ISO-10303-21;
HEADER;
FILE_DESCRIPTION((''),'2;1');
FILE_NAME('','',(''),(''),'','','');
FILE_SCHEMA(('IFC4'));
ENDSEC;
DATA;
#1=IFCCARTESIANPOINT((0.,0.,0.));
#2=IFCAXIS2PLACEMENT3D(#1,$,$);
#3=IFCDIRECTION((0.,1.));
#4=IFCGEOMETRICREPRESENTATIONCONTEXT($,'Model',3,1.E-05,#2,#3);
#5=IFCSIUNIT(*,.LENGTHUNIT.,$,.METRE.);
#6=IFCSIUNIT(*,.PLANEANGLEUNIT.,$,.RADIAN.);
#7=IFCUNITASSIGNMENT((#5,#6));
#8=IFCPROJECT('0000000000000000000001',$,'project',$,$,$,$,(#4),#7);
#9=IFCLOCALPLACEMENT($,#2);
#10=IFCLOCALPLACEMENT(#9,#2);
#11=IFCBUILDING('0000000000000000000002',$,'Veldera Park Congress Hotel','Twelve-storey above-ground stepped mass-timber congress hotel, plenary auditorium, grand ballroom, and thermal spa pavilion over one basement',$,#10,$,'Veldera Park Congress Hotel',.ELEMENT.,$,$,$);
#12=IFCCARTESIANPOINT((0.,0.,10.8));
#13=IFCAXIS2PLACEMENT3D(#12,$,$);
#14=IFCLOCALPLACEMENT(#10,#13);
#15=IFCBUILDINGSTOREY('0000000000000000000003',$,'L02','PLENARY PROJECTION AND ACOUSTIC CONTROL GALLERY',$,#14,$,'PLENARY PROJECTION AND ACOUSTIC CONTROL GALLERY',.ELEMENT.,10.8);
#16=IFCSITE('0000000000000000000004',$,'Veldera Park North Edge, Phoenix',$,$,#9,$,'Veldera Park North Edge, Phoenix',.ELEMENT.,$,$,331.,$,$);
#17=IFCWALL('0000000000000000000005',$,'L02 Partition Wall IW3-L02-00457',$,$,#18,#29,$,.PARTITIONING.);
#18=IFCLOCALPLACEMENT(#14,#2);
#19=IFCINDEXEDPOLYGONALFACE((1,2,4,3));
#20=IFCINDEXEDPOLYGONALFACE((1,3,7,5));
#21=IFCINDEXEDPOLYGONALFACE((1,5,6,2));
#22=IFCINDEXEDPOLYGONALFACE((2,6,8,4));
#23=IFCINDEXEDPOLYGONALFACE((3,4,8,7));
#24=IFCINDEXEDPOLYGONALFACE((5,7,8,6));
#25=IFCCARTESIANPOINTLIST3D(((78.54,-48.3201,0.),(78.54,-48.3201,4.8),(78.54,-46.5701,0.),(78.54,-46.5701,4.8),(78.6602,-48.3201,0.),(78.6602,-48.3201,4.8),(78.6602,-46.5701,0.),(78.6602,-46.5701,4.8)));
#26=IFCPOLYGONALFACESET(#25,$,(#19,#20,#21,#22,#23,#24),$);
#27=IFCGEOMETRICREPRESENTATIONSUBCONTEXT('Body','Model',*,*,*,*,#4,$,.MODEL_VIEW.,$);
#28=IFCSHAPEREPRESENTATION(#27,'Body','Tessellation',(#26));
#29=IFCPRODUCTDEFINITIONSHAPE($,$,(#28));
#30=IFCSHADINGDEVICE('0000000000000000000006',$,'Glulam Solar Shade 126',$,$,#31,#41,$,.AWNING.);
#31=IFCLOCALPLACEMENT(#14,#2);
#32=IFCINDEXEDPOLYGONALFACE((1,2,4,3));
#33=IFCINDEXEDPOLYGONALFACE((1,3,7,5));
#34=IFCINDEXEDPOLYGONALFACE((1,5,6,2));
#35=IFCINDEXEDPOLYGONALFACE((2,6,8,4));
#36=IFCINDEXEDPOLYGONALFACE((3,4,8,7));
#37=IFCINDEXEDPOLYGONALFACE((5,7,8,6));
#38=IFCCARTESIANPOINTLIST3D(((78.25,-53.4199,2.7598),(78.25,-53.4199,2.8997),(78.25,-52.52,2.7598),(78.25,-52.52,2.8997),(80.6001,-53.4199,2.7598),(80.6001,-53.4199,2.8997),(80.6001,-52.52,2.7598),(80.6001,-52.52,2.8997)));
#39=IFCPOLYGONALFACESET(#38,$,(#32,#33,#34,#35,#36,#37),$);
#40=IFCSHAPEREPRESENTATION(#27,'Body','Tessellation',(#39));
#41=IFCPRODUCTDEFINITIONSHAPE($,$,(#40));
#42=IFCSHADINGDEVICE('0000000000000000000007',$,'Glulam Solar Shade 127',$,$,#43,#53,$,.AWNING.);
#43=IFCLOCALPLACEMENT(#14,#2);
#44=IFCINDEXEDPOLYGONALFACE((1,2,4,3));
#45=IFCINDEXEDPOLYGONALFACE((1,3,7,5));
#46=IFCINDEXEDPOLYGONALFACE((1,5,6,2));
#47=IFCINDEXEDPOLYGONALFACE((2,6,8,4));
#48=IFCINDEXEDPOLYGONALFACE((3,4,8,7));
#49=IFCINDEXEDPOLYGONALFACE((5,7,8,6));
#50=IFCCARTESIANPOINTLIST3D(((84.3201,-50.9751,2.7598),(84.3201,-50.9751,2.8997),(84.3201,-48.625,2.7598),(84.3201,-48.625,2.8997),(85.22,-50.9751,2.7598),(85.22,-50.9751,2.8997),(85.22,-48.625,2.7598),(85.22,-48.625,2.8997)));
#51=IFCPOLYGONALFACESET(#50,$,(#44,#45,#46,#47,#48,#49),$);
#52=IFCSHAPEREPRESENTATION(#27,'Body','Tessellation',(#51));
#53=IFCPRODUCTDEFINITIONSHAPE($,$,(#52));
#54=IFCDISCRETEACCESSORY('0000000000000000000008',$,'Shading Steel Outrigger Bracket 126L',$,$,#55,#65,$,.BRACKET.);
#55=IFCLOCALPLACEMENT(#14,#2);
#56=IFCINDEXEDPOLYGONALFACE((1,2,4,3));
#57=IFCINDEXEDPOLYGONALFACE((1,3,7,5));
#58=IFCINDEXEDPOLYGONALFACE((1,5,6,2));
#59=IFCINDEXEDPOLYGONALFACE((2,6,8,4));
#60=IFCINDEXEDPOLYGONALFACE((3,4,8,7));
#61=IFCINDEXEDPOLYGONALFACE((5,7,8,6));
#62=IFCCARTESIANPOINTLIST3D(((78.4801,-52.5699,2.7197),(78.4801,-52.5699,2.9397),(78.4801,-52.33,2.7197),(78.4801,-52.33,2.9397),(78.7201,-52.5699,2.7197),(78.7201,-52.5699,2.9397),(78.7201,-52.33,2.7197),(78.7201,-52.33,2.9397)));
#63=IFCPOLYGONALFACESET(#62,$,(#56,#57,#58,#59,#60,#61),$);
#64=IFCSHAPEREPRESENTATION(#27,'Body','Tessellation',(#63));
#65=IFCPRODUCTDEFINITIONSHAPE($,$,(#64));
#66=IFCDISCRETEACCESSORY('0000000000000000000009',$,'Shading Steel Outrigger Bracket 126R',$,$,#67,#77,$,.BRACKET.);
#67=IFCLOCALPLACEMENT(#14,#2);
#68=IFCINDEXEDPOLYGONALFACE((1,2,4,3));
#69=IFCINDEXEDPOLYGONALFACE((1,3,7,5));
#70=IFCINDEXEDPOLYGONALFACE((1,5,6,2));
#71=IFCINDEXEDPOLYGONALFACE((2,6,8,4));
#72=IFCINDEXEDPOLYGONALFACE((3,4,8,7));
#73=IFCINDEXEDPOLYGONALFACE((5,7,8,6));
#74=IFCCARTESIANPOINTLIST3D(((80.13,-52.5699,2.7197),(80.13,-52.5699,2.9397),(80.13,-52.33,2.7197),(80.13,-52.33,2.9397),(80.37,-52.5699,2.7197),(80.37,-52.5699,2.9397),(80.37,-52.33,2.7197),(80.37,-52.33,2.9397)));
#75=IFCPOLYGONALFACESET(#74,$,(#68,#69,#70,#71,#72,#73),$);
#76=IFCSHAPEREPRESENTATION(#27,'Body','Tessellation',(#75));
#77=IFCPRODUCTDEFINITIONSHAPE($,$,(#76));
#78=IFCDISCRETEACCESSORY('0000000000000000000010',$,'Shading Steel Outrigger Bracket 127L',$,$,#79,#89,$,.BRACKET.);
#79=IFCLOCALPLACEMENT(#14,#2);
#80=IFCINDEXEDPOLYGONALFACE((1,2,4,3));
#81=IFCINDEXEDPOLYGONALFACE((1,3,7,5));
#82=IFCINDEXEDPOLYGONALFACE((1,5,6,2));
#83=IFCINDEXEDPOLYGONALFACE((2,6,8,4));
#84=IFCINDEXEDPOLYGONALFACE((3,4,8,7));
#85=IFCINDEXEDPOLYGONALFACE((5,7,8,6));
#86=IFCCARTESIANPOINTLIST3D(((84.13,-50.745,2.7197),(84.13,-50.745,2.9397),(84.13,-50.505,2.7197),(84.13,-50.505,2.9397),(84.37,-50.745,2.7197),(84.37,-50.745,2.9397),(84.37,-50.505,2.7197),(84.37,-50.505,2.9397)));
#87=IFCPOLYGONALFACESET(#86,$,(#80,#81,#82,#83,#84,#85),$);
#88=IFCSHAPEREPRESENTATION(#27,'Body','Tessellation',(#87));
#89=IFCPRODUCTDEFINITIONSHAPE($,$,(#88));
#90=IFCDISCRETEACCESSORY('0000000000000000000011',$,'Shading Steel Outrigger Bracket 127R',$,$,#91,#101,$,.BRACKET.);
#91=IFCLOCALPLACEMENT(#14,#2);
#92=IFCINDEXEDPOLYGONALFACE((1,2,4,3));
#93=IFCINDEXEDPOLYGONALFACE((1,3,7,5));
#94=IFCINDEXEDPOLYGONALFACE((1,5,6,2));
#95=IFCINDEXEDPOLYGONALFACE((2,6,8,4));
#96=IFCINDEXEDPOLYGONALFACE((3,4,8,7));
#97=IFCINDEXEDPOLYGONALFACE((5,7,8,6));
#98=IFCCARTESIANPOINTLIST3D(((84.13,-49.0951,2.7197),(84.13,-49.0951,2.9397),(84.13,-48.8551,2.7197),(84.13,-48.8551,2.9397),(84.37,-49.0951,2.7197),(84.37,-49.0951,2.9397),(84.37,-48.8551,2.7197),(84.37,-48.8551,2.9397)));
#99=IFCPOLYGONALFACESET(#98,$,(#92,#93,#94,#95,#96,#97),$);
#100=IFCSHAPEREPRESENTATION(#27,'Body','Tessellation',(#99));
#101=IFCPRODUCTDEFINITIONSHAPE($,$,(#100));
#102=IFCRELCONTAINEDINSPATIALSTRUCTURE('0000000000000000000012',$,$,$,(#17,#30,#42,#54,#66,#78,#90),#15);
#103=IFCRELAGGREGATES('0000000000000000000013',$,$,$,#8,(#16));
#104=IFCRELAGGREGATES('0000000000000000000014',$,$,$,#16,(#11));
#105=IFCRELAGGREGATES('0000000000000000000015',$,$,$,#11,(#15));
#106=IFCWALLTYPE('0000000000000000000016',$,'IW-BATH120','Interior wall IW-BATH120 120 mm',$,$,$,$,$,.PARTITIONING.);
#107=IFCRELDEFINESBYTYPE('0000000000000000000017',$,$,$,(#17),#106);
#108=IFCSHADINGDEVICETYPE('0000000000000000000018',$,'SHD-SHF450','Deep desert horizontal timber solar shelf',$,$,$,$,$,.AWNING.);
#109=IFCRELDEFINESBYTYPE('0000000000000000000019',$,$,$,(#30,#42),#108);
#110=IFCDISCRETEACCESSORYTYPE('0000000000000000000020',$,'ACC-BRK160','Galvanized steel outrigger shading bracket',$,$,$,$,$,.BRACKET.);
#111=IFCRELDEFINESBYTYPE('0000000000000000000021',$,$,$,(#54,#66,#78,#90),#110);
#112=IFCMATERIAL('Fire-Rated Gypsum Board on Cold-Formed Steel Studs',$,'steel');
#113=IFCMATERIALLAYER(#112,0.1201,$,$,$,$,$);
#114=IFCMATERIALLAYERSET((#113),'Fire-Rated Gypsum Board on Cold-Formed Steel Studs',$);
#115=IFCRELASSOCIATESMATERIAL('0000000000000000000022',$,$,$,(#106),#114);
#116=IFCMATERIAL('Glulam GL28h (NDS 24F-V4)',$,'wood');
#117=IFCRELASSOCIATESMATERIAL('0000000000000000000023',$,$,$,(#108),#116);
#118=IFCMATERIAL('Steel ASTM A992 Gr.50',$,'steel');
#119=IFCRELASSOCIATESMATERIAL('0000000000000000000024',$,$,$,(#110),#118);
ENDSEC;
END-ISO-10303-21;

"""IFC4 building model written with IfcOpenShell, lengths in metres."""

from ifc_helpers import new_model, si_unit, direction, frame, frame_2d, origin, origin_2d, place, context, subcontext, project, spatial, rectangle, extrude, material, layer, layer_set, type_object, element, save


model = new_model("IFC4")

# Units and contexts
model_context = context("Model", 3, precision=1e-05, world=origin(), true_north=direction((0.0, 1.0)))
body_context = subcontext(model_context, "Body", "Model", "MODEL_VIEW")
ifc_project = project(units=[si_unit("LENGTHUNIT", "METRE"), si_unit("PLANEANGLEUNIT", "RADIAN")], contexts=[model_context])

# Site, building, storey
site_placement = place(None, origin())
site = spatial("IfcSite", under=ifc_project, at=site_placement, Name="Veldera Park North Edge, Phoenix", LongName="Veldera Park North Edge, Phoenix", CompositionType="ELEMENT", RefElevation=331.0)
building_placement = place(site_placement, origin())
building = spatial("IfcBuilding", under=site, at=building_placement, Name="Veldera Park Congress Hotel", Description="Twelve-storey above-ground stepped mass-timber congress hotel, plenary auditorium, grand ballroom, and thermal spa pavilion over one basement", LongName="Veldera Park Congress Hotel", CompositionType="ELEMENT")
storey_placement = place(building_placement, frame((0.0, 0.0, 10.8)))
storey = spatial("IfcBuildingStorey", under=building, at=storey_placement, Name="L02", Description="PLENARY PROJECTION AND ACOUSTIC CONTROL GALLERY", LongName="PLENARY PROJECTION AND ACOUSTIC CONTROL GALLERY", CompositionType="ELEMENT", Elevation=10.8)

# Shared definitions
ifc_material_1 = material(Name="Glulam GL28h (NDS 24F-V4)", Category="wood")
ifc_material_2 = material(Name="Steel ASTM A992 Gr.50", Category="steel")

# Shared definitions
ifc_material_3 = material(Name="Fire-Rated Gypsum Board on Cold-Formed Steel Studs", Category="steel")
ifc_layer_1 = layer(ifc_material_3, 0.1201)
ifc_layer_set_1 = layer_set([ifc_layer_1], Name="Fire-Rated Gypsum Board on Cold-Formed Steel Studs")
wall_type_1 = type_object("IfcWallType", Name="IW-BATH120", Description="Interior wall IW-BATH120 120 mm", PredefinedType="PARTITIONING", material=ifc_layer_set_1)

# Wall
for number, where, z_axis, x_axis, name in (
    (1, (78.6001, -48.3201, 0.0), (0.0, 0.0, 1.0), (0.0, 1.0, 0.0), "L02 Partition Wall IW3-L02-00457"),
):
    element("IfcWall", number, at=place(storey_placement, frame(where, z_axis=z_axis, x_axis=x_axis)), inside=storey, type_object=wall_type_1, Name=name, PredefinedType="PARTITIONING", context=body_context, shape_type="SweptSolid", body=[
        extrude(rectangle(XDim=1.75, YDim=0.1201, at=frame_2d((0.875, 0.0))), origin(), (0.0, 0.0, 1.0), 4.8),
    ])

# Shading devices
shading_device_type = type_object("IfcShadingDeviceType", Name="SHD-SHF450", Description="Deep desert horizontal timber solar shelf", PredefinedType="AWNING", material=ifc_material_1)
for number, where, z_axis, x_axis, name in (
    (2, (79.425, -52.97, 2.7598), (0.0, 0.0, 1.0), (1.0, 0.0, 0.0), "Glulam Solar Shade 126"),
    (3, (84.77, -49.8, 2.7598), (0.0, 0.0, 1.0), (0.0, 1.0, 0.0), "Glulam Solar Shade 127"),
):
    element("IfcShadingDevice", number, at=place(storey_placement, frame(where, z_axis=z_axis, x_axis=x_axis)), inside=storey, type_object=shading_device_type, Name=name, PredefinedType="AWNING", context=body_context, shape_type="SweptSolid", body=[
        extrude(rectangle(XDim=2.3501, YDim=0.8999, at=origin_2d()), origin(), (0.0, 0.0, 1.0), 0.1399),
    ])

# Discrete accessories
discrete_accessory_type = type_object("IfcDiscreteAccessoryType", Name="ACC-BRK160", Description="Galvanized steel outrigger shading bracket", PredefinedType="BRACKET", material=ifc_material_2)
for number, where, z_axis, x_axis, name in (
    (4, (78.6001, -52.45, 2.7197), (0.0, 0.0, 1.0), (1.0, 0.0, 0.0), "Shading Steel Outrigger Bracket 126L"),
    (5, (80.25, -52.45, 2.7197), (0.0, 0.0, 1.0), (1.0, 0.0, 0.0), "Shading Steel Outrigger Bracket 126R"),
    (6, (84.25, -50.625, 2.7197), (0.0, 0.0, 1.0), (0.0, 1.0, 0.0), "Shading Steel Outrigger Bracket 127L"),
    (7, (84.25, -48.9751, 2.7197), (0.0, 0.0, 1.0), (0.0, 1.0, 0.0), "Shading Steel Outrigger Bracket 127R"),
):
    element("IfcDiscreteAccessory", number, at=place(storey_placement, frame(where, z_axis=z_axis, x_axis=x_axis)), inside=storey, type_object=discrete_accessory_type, Name=name, PredefinedType="BRACKET", context=body_context, shape_type="SweptSolid", body=[
        extrude(rectangle(XDim=0.24, YDim=0.24, at=origin_2d()), origin(), (0.0, 0.0, 1.0), 0.22),
    ])

save(model, "model.ifc")
